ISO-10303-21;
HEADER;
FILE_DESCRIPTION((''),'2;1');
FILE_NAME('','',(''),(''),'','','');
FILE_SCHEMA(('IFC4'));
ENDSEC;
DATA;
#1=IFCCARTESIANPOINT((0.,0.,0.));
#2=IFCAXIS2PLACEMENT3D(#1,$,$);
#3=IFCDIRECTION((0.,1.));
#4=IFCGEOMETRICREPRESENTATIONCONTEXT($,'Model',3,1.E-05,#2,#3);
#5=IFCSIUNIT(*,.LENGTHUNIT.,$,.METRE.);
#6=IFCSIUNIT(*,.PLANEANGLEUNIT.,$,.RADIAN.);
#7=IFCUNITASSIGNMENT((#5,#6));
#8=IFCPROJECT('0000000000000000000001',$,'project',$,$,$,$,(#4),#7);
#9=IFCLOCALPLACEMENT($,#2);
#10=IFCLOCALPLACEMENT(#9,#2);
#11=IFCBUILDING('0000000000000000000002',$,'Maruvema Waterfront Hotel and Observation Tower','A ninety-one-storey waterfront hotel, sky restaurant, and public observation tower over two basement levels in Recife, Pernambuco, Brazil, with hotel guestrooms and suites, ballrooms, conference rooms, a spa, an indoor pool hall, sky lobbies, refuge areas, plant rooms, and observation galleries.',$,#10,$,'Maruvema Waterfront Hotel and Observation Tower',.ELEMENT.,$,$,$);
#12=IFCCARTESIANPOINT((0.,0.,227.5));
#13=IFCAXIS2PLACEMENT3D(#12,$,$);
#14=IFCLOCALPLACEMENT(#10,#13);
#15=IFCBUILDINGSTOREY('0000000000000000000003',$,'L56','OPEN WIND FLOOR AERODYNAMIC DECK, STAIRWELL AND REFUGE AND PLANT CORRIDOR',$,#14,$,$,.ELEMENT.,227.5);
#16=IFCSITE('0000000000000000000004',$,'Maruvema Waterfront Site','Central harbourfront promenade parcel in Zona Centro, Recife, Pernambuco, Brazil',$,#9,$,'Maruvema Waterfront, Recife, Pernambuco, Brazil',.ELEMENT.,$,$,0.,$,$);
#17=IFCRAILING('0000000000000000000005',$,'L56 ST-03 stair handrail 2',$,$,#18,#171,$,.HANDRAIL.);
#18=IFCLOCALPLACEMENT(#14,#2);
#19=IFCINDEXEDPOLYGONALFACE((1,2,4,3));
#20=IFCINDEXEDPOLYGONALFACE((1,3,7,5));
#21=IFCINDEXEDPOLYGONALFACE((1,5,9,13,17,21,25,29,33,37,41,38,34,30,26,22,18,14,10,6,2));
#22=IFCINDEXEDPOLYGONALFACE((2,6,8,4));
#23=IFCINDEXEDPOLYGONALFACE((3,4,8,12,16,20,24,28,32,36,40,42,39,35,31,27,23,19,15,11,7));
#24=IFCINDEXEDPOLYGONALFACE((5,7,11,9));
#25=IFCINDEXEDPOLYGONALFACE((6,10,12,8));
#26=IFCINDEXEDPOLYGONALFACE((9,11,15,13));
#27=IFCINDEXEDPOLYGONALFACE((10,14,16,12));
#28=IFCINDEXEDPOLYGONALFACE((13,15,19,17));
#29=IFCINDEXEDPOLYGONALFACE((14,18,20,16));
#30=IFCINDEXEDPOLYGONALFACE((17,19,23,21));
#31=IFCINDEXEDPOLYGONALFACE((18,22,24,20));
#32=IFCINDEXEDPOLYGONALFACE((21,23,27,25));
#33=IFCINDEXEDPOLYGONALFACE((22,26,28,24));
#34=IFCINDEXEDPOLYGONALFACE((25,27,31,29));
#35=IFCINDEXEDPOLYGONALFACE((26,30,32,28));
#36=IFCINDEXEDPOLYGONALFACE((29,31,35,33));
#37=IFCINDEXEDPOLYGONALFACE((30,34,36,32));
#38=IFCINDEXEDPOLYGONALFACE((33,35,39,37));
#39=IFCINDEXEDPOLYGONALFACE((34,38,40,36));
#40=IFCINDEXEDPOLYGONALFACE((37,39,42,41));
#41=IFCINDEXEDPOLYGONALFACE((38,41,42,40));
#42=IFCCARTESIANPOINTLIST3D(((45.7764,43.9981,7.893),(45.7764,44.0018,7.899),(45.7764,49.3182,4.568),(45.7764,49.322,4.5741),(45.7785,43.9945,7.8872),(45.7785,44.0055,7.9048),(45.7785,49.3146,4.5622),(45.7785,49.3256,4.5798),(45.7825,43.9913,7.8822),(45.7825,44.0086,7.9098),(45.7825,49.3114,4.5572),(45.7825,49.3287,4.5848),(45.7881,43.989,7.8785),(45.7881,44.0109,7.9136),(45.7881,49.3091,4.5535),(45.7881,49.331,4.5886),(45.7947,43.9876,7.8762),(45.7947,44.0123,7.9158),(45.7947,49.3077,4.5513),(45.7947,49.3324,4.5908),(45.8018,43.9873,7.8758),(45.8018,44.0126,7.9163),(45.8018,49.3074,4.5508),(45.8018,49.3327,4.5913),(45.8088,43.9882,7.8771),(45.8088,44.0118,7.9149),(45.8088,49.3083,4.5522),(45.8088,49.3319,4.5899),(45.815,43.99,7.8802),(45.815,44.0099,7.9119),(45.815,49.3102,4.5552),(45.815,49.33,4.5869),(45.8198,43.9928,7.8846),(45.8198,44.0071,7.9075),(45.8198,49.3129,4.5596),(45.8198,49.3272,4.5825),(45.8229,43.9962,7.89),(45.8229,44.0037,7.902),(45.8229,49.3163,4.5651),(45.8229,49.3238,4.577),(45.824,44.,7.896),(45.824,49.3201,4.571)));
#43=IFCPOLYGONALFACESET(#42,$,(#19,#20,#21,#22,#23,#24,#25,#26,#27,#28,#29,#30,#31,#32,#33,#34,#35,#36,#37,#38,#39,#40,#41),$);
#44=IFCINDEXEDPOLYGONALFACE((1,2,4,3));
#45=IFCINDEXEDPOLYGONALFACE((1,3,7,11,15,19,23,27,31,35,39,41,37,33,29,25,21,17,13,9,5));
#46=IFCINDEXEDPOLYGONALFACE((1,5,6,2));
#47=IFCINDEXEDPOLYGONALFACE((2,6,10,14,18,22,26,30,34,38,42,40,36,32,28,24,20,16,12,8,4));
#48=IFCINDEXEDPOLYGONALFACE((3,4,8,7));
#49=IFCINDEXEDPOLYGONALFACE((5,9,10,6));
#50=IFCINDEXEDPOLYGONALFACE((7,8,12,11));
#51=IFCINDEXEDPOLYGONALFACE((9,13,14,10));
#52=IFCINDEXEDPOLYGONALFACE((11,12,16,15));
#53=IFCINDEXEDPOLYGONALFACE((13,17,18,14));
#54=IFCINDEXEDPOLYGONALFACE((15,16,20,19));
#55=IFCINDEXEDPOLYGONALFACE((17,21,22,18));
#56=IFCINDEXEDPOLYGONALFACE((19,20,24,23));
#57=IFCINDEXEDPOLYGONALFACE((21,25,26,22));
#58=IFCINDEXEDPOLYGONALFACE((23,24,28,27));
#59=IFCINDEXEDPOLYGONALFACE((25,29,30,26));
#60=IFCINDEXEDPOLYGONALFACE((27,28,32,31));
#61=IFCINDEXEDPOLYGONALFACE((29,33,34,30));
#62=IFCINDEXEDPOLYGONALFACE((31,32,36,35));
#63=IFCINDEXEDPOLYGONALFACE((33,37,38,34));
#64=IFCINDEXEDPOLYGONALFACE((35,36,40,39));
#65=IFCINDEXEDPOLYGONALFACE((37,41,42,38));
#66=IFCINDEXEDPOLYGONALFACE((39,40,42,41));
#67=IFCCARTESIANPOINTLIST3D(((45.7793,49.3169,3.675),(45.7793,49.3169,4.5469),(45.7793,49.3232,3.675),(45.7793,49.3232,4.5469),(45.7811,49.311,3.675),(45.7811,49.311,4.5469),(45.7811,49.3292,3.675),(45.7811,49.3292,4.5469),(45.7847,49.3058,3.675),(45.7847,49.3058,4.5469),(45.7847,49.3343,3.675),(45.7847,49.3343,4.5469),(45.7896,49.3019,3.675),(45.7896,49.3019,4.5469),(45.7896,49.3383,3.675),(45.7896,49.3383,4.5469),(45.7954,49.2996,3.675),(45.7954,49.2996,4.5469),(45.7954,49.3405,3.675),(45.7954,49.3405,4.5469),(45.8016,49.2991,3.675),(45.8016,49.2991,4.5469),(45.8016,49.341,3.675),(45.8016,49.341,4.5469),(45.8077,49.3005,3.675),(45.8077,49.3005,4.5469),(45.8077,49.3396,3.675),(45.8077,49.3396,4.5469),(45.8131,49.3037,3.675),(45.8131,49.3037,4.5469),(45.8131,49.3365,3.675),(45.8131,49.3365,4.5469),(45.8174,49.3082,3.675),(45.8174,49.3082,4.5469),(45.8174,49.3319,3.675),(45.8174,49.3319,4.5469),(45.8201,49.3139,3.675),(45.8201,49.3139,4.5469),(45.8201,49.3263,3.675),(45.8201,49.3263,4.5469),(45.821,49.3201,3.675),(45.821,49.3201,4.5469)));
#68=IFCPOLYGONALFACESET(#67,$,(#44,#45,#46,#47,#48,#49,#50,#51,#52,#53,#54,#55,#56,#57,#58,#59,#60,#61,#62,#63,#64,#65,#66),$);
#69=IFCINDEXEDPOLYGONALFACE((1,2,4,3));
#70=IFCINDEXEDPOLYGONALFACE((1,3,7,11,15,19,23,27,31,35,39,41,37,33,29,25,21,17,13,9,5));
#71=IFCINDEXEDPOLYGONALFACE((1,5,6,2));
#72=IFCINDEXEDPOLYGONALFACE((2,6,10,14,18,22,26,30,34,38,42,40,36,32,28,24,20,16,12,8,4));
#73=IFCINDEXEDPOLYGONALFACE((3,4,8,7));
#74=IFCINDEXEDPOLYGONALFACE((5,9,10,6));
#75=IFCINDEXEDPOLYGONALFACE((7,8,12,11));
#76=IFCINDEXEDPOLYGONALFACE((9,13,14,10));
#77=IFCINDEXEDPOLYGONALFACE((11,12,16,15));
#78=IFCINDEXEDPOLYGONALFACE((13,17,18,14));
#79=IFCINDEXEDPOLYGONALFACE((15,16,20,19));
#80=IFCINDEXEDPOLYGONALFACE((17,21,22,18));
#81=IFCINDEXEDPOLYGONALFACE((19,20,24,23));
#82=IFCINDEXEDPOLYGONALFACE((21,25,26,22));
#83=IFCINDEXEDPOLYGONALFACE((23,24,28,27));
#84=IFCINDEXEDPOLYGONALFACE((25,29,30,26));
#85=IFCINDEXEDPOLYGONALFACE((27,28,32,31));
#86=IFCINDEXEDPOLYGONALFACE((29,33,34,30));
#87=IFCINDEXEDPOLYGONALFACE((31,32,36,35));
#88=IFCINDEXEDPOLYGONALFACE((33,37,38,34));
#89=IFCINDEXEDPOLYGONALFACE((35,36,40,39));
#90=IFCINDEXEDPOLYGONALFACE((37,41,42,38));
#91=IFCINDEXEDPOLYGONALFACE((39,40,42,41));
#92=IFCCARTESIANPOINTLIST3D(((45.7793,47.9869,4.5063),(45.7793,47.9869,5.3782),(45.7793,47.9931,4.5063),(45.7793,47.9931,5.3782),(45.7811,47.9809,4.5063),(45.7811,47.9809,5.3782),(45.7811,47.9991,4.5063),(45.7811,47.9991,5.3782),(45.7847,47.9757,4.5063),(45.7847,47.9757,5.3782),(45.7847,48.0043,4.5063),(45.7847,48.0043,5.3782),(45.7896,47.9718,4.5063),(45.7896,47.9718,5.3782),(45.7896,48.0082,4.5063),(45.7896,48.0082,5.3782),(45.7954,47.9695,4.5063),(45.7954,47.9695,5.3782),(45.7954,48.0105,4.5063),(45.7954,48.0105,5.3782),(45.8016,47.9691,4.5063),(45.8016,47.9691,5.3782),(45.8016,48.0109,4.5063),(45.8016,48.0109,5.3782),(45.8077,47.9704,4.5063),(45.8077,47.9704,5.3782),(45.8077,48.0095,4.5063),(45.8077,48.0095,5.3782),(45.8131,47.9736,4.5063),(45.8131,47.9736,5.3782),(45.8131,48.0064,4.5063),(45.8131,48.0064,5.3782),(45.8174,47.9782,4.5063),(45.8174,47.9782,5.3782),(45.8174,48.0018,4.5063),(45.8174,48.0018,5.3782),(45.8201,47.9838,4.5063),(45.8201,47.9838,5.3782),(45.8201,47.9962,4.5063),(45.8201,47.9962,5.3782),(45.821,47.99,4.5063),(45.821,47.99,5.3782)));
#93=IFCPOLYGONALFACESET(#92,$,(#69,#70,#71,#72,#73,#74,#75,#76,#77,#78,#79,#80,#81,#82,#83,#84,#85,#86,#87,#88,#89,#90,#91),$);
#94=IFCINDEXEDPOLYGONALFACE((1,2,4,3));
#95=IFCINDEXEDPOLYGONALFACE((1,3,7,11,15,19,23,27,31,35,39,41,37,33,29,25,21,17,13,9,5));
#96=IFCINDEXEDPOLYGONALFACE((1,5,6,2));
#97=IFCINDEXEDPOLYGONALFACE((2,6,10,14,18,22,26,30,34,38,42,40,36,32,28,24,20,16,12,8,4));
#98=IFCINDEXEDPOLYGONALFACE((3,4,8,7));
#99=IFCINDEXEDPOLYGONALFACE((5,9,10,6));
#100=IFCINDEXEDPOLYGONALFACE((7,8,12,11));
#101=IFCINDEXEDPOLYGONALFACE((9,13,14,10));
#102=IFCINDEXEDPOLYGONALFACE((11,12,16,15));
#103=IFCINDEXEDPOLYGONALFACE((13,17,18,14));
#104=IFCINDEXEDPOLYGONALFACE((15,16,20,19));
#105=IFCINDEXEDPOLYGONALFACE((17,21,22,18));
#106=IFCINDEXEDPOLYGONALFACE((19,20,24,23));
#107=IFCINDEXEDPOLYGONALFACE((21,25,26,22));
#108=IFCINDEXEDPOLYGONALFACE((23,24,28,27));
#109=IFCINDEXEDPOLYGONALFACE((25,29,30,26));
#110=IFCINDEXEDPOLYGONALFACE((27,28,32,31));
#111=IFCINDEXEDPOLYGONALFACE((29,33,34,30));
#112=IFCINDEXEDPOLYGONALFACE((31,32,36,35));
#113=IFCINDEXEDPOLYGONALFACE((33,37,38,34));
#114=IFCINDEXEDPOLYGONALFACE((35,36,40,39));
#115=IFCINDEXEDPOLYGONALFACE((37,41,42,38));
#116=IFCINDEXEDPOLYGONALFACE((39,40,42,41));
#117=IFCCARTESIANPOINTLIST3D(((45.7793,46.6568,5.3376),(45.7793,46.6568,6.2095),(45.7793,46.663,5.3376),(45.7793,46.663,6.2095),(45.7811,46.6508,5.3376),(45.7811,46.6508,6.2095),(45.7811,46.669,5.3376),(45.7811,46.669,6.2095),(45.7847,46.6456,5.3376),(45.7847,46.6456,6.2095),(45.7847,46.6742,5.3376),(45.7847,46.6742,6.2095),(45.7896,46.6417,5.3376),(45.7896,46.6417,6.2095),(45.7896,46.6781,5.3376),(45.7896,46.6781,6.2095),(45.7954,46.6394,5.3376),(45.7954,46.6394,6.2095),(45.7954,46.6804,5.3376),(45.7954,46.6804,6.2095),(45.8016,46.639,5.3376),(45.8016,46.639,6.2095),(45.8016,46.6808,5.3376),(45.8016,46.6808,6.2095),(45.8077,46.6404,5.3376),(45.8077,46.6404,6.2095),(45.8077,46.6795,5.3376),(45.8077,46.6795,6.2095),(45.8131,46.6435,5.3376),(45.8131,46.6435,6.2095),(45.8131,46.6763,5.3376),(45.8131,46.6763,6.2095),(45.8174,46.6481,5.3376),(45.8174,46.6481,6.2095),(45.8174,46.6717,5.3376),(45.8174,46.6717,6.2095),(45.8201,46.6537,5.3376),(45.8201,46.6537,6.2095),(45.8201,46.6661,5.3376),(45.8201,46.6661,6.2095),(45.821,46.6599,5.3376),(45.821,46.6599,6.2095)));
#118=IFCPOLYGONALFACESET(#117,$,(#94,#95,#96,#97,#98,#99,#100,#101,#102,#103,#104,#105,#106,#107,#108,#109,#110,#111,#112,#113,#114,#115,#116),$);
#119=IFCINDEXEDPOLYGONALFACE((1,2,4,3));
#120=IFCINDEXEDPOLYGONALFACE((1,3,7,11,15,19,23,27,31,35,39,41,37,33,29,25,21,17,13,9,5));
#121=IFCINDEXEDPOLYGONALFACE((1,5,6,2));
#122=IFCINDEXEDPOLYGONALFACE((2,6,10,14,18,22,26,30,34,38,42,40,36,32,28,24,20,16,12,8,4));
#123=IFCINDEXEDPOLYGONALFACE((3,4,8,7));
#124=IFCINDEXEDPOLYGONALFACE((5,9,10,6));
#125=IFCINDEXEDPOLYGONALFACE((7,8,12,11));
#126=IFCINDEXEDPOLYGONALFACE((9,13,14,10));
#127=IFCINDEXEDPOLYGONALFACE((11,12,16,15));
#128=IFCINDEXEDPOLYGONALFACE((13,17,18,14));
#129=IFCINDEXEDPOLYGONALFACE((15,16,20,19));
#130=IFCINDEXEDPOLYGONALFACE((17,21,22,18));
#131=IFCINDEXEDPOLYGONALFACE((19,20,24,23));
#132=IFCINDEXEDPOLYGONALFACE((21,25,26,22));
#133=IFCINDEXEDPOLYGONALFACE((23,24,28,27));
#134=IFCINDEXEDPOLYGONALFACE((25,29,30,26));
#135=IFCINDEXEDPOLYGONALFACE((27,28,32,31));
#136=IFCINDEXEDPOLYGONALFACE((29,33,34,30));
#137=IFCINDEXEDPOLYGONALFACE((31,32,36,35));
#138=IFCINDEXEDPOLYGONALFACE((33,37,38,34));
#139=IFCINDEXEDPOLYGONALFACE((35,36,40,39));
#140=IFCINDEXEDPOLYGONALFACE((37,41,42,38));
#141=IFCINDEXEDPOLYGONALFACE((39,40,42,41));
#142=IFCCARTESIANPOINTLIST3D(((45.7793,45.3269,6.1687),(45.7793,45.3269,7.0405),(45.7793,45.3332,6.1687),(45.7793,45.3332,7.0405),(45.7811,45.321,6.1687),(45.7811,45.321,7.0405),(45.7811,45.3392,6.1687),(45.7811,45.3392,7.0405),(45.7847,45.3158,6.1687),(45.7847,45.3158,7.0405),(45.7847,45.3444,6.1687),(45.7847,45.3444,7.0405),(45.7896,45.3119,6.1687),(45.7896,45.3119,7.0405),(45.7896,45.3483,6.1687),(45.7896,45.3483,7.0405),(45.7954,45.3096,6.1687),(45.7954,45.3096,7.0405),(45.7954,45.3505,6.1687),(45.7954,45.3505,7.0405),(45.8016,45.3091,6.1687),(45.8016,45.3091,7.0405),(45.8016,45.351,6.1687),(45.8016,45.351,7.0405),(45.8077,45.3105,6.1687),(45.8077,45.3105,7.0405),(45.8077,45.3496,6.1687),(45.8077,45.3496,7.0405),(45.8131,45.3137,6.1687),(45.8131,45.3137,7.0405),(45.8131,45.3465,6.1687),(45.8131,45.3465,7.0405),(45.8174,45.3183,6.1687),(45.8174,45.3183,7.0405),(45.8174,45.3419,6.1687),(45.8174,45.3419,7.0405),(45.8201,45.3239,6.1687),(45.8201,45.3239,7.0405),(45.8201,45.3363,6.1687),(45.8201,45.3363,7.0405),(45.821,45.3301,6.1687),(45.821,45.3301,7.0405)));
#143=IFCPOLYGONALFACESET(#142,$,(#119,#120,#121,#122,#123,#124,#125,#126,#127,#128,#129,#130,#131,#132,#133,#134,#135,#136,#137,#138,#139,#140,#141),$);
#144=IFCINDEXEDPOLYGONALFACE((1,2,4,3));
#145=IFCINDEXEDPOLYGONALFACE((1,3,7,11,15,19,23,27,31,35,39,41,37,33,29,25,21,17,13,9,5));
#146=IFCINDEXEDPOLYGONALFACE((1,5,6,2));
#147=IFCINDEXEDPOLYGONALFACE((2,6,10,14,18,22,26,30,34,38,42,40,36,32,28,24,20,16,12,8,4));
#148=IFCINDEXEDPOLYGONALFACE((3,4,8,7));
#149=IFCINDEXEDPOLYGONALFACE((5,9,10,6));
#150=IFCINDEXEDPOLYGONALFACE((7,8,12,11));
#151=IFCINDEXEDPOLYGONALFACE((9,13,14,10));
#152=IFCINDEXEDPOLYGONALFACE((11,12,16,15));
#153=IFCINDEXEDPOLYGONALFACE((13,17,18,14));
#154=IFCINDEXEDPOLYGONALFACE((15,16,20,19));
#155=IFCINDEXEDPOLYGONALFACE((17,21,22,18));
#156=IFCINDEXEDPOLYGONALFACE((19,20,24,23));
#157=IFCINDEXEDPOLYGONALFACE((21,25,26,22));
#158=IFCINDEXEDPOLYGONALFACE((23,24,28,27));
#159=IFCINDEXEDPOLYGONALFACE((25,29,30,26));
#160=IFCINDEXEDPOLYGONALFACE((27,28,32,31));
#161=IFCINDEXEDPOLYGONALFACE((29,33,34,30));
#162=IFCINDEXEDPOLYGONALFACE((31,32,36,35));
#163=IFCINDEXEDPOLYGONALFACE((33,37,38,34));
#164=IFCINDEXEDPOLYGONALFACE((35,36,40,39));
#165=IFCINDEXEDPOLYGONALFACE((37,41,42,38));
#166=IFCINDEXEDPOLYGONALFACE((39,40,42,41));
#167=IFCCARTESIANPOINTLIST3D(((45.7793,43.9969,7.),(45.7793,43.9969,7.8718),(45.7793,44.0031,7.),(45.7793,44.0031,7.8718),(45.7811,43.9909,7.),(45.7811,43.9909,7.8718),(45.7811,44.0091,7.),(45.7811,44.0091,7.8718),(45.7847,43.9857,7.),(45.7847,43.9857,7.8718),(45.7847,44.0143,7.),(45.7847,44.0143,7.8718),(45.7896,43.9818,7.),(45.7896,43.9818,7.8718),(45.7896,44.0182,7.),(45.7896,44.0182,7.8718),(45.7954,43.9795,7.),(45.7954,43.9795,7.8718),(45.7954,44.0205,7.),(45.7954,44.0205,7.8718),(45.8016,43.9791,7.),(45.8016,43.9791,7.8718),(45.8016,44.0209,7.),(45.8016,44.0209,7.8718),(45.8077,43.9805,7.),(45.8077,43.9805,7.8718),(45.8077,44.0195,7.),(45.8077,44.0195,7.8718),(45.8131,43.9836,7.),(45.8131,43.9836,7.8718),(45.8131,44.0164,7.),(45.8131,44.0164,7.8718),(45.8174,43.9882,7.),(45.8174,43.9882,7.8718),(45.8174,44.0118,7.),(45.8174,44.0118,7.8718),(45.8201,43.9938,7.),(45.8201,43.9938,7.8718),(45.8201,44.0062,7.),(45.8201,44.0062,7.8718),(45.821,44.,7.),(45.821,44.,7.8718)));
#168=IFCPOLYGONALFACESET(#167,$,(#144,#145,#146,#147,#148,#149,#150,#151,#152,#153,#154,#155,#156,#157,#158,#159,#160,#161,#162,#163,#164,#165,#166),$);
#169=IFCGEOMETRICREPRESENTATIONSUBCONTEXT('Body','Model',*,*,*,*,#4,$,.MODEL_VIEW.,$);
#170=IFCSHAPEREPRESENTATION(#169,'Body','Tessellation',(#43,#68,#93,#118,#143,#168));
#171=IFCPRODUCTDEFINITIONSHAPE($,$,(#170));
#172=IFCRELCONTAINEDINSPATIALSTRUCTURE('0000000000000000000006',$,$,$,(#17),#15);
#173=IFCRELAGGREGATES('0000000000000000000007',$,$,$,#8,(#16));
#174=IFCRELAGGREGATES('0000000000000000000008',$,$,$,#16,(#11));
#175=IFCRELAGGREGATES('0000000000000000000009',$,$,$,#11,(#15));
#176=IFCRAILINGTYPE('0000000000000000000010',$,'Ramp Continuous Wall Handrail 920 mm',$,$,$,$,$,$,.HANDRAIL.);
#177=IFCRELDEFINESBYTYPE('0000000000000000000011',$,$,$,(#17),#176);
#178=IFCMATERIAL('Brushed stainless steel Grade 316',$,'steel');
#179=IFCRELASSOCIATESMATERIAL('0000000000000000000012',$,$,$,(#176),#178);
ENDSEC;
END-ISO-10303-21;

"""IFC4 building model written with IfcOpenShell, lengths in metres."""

from ifc_helpers import new_model, si_unit, direction, frame, origin, origin_2d, place, context, subcontext, project, spatial, circle, extrude, material, type_object, element, save


model = new_model("IFC4")

# Units and contexts
model_context = context("Model", 3, precision=1e-05, world=origin(), true_north=direction((0.0, 1.0)))
body_context = subcontext(model_context, "Body", "Model", "MODEL_VIEW")
ifc_project = project(units=[si_unit("LENGTHUNIT", "METRE"), si_unit("PLANEANGLEUNIT", "RADIAN")], contexts=[model_context])

# Site, building, storey
site_placement = place(None, origin())
site = spatial("IfcSite", under=ifc_project, at=site_placement, Name="Maruvema Waterfront Site", Description="Central harbourfront promenade parcel in Zona Centro, Recife, Pernambuco, Brazil", LongName="Maruvema Waterfront, Recife, Pernambuco, Brazil", CompositionType="ELEMENT", RefElevation=0.0)
building_placement = place(site_placement, origin())
building = spatial("IfcBuilding", under=site, at=building_placement, Name="Maruvema Waterfront Hotel and Observation Tower", Description="A ninety-one-storey waterfront hotel, sky restaurant, and public observation tower over two basement levels in Recife, Pernambuco, Brazil, with hotel guestrooms and suites, ballrooms, conference rooms, a spa, an indoor pool hall, sky lobbies, refuge areas, plant rooms, and observation galleries.", LongName="Maruvema Waterfront Hotel and Observation Tower", CompositionType="ELEMENT")
storey_placement = place(building_placement, frame((0.0, 0.0, 227.5)))
storey = spatial("IfcBuildingStorey", under=building, at=storey_placement, Name="L56", Description="OPEN WIND FLOOR AERODYNAMIC DECK, STAIRWELL AND REFUGE AND PLANT CORRIDOR", CompositionType="ELEMENT", Elevation=227.5)

# Railing
ifc_material_1 = material(Name="Brushed stainless steel Grade 316", Category="steel")
railing_type_1 = type_object("IfcRailingType", Name="Ramp Continuous Wall Handrail 920 mm", PredefinedType="HANDRAIL", material=ifc_material_1)
railing_1_placement = place(storey_placement, frame((45.8, 49.3201, 3.675)))
element("IfcRailing", 1, at=railing_1_placement, inside=storey, type_object=railing_type_1, Name="L56 ST-03 stair handrail 2", PredefinedType="HANDRAIL", context=body_context, shape_type="SweptSolid", body=[
    extrude(circle(Radius=0.0239, at=origin_2d()), frame((0.0, 0.0, 0.896), z_axis=(0.0, -0.848005, 0.529988), x_axis=(1.0, 0.0, 0.0)), (0.0, 0.0, 1.0), 6.2737),
    extrude(circle(Radius=0.021, at=origin_2d()), origin(), (0.0, 0.0, 1.0), 0.8718),
    extrude(circle(Radius=0.021, at=origin_2d()), frame((0.0, -1.3301, 0.8313)), (0.0, 0.0, 1.0), 0.8718),
    extrude(circle(Radius=0.021, at=origin_2d()), frame((0.0, -2.6602, 1.6626)), (0.0, 0.0, 1.0), 0.8718),
    extrude(circle(Radius=0.021, at=origin_2d()), frame((0.0, -3.99, 2.4937)), (0.0, 0.0, 1.0), 0.8718),
    extrude(circle(Radius=0.021, at=origin_2d()), frame((0.0, -5.3201, 3.325)), (0.0, 0.0, 1.0), 0.8718),
])

save(model, "model.ifc")
